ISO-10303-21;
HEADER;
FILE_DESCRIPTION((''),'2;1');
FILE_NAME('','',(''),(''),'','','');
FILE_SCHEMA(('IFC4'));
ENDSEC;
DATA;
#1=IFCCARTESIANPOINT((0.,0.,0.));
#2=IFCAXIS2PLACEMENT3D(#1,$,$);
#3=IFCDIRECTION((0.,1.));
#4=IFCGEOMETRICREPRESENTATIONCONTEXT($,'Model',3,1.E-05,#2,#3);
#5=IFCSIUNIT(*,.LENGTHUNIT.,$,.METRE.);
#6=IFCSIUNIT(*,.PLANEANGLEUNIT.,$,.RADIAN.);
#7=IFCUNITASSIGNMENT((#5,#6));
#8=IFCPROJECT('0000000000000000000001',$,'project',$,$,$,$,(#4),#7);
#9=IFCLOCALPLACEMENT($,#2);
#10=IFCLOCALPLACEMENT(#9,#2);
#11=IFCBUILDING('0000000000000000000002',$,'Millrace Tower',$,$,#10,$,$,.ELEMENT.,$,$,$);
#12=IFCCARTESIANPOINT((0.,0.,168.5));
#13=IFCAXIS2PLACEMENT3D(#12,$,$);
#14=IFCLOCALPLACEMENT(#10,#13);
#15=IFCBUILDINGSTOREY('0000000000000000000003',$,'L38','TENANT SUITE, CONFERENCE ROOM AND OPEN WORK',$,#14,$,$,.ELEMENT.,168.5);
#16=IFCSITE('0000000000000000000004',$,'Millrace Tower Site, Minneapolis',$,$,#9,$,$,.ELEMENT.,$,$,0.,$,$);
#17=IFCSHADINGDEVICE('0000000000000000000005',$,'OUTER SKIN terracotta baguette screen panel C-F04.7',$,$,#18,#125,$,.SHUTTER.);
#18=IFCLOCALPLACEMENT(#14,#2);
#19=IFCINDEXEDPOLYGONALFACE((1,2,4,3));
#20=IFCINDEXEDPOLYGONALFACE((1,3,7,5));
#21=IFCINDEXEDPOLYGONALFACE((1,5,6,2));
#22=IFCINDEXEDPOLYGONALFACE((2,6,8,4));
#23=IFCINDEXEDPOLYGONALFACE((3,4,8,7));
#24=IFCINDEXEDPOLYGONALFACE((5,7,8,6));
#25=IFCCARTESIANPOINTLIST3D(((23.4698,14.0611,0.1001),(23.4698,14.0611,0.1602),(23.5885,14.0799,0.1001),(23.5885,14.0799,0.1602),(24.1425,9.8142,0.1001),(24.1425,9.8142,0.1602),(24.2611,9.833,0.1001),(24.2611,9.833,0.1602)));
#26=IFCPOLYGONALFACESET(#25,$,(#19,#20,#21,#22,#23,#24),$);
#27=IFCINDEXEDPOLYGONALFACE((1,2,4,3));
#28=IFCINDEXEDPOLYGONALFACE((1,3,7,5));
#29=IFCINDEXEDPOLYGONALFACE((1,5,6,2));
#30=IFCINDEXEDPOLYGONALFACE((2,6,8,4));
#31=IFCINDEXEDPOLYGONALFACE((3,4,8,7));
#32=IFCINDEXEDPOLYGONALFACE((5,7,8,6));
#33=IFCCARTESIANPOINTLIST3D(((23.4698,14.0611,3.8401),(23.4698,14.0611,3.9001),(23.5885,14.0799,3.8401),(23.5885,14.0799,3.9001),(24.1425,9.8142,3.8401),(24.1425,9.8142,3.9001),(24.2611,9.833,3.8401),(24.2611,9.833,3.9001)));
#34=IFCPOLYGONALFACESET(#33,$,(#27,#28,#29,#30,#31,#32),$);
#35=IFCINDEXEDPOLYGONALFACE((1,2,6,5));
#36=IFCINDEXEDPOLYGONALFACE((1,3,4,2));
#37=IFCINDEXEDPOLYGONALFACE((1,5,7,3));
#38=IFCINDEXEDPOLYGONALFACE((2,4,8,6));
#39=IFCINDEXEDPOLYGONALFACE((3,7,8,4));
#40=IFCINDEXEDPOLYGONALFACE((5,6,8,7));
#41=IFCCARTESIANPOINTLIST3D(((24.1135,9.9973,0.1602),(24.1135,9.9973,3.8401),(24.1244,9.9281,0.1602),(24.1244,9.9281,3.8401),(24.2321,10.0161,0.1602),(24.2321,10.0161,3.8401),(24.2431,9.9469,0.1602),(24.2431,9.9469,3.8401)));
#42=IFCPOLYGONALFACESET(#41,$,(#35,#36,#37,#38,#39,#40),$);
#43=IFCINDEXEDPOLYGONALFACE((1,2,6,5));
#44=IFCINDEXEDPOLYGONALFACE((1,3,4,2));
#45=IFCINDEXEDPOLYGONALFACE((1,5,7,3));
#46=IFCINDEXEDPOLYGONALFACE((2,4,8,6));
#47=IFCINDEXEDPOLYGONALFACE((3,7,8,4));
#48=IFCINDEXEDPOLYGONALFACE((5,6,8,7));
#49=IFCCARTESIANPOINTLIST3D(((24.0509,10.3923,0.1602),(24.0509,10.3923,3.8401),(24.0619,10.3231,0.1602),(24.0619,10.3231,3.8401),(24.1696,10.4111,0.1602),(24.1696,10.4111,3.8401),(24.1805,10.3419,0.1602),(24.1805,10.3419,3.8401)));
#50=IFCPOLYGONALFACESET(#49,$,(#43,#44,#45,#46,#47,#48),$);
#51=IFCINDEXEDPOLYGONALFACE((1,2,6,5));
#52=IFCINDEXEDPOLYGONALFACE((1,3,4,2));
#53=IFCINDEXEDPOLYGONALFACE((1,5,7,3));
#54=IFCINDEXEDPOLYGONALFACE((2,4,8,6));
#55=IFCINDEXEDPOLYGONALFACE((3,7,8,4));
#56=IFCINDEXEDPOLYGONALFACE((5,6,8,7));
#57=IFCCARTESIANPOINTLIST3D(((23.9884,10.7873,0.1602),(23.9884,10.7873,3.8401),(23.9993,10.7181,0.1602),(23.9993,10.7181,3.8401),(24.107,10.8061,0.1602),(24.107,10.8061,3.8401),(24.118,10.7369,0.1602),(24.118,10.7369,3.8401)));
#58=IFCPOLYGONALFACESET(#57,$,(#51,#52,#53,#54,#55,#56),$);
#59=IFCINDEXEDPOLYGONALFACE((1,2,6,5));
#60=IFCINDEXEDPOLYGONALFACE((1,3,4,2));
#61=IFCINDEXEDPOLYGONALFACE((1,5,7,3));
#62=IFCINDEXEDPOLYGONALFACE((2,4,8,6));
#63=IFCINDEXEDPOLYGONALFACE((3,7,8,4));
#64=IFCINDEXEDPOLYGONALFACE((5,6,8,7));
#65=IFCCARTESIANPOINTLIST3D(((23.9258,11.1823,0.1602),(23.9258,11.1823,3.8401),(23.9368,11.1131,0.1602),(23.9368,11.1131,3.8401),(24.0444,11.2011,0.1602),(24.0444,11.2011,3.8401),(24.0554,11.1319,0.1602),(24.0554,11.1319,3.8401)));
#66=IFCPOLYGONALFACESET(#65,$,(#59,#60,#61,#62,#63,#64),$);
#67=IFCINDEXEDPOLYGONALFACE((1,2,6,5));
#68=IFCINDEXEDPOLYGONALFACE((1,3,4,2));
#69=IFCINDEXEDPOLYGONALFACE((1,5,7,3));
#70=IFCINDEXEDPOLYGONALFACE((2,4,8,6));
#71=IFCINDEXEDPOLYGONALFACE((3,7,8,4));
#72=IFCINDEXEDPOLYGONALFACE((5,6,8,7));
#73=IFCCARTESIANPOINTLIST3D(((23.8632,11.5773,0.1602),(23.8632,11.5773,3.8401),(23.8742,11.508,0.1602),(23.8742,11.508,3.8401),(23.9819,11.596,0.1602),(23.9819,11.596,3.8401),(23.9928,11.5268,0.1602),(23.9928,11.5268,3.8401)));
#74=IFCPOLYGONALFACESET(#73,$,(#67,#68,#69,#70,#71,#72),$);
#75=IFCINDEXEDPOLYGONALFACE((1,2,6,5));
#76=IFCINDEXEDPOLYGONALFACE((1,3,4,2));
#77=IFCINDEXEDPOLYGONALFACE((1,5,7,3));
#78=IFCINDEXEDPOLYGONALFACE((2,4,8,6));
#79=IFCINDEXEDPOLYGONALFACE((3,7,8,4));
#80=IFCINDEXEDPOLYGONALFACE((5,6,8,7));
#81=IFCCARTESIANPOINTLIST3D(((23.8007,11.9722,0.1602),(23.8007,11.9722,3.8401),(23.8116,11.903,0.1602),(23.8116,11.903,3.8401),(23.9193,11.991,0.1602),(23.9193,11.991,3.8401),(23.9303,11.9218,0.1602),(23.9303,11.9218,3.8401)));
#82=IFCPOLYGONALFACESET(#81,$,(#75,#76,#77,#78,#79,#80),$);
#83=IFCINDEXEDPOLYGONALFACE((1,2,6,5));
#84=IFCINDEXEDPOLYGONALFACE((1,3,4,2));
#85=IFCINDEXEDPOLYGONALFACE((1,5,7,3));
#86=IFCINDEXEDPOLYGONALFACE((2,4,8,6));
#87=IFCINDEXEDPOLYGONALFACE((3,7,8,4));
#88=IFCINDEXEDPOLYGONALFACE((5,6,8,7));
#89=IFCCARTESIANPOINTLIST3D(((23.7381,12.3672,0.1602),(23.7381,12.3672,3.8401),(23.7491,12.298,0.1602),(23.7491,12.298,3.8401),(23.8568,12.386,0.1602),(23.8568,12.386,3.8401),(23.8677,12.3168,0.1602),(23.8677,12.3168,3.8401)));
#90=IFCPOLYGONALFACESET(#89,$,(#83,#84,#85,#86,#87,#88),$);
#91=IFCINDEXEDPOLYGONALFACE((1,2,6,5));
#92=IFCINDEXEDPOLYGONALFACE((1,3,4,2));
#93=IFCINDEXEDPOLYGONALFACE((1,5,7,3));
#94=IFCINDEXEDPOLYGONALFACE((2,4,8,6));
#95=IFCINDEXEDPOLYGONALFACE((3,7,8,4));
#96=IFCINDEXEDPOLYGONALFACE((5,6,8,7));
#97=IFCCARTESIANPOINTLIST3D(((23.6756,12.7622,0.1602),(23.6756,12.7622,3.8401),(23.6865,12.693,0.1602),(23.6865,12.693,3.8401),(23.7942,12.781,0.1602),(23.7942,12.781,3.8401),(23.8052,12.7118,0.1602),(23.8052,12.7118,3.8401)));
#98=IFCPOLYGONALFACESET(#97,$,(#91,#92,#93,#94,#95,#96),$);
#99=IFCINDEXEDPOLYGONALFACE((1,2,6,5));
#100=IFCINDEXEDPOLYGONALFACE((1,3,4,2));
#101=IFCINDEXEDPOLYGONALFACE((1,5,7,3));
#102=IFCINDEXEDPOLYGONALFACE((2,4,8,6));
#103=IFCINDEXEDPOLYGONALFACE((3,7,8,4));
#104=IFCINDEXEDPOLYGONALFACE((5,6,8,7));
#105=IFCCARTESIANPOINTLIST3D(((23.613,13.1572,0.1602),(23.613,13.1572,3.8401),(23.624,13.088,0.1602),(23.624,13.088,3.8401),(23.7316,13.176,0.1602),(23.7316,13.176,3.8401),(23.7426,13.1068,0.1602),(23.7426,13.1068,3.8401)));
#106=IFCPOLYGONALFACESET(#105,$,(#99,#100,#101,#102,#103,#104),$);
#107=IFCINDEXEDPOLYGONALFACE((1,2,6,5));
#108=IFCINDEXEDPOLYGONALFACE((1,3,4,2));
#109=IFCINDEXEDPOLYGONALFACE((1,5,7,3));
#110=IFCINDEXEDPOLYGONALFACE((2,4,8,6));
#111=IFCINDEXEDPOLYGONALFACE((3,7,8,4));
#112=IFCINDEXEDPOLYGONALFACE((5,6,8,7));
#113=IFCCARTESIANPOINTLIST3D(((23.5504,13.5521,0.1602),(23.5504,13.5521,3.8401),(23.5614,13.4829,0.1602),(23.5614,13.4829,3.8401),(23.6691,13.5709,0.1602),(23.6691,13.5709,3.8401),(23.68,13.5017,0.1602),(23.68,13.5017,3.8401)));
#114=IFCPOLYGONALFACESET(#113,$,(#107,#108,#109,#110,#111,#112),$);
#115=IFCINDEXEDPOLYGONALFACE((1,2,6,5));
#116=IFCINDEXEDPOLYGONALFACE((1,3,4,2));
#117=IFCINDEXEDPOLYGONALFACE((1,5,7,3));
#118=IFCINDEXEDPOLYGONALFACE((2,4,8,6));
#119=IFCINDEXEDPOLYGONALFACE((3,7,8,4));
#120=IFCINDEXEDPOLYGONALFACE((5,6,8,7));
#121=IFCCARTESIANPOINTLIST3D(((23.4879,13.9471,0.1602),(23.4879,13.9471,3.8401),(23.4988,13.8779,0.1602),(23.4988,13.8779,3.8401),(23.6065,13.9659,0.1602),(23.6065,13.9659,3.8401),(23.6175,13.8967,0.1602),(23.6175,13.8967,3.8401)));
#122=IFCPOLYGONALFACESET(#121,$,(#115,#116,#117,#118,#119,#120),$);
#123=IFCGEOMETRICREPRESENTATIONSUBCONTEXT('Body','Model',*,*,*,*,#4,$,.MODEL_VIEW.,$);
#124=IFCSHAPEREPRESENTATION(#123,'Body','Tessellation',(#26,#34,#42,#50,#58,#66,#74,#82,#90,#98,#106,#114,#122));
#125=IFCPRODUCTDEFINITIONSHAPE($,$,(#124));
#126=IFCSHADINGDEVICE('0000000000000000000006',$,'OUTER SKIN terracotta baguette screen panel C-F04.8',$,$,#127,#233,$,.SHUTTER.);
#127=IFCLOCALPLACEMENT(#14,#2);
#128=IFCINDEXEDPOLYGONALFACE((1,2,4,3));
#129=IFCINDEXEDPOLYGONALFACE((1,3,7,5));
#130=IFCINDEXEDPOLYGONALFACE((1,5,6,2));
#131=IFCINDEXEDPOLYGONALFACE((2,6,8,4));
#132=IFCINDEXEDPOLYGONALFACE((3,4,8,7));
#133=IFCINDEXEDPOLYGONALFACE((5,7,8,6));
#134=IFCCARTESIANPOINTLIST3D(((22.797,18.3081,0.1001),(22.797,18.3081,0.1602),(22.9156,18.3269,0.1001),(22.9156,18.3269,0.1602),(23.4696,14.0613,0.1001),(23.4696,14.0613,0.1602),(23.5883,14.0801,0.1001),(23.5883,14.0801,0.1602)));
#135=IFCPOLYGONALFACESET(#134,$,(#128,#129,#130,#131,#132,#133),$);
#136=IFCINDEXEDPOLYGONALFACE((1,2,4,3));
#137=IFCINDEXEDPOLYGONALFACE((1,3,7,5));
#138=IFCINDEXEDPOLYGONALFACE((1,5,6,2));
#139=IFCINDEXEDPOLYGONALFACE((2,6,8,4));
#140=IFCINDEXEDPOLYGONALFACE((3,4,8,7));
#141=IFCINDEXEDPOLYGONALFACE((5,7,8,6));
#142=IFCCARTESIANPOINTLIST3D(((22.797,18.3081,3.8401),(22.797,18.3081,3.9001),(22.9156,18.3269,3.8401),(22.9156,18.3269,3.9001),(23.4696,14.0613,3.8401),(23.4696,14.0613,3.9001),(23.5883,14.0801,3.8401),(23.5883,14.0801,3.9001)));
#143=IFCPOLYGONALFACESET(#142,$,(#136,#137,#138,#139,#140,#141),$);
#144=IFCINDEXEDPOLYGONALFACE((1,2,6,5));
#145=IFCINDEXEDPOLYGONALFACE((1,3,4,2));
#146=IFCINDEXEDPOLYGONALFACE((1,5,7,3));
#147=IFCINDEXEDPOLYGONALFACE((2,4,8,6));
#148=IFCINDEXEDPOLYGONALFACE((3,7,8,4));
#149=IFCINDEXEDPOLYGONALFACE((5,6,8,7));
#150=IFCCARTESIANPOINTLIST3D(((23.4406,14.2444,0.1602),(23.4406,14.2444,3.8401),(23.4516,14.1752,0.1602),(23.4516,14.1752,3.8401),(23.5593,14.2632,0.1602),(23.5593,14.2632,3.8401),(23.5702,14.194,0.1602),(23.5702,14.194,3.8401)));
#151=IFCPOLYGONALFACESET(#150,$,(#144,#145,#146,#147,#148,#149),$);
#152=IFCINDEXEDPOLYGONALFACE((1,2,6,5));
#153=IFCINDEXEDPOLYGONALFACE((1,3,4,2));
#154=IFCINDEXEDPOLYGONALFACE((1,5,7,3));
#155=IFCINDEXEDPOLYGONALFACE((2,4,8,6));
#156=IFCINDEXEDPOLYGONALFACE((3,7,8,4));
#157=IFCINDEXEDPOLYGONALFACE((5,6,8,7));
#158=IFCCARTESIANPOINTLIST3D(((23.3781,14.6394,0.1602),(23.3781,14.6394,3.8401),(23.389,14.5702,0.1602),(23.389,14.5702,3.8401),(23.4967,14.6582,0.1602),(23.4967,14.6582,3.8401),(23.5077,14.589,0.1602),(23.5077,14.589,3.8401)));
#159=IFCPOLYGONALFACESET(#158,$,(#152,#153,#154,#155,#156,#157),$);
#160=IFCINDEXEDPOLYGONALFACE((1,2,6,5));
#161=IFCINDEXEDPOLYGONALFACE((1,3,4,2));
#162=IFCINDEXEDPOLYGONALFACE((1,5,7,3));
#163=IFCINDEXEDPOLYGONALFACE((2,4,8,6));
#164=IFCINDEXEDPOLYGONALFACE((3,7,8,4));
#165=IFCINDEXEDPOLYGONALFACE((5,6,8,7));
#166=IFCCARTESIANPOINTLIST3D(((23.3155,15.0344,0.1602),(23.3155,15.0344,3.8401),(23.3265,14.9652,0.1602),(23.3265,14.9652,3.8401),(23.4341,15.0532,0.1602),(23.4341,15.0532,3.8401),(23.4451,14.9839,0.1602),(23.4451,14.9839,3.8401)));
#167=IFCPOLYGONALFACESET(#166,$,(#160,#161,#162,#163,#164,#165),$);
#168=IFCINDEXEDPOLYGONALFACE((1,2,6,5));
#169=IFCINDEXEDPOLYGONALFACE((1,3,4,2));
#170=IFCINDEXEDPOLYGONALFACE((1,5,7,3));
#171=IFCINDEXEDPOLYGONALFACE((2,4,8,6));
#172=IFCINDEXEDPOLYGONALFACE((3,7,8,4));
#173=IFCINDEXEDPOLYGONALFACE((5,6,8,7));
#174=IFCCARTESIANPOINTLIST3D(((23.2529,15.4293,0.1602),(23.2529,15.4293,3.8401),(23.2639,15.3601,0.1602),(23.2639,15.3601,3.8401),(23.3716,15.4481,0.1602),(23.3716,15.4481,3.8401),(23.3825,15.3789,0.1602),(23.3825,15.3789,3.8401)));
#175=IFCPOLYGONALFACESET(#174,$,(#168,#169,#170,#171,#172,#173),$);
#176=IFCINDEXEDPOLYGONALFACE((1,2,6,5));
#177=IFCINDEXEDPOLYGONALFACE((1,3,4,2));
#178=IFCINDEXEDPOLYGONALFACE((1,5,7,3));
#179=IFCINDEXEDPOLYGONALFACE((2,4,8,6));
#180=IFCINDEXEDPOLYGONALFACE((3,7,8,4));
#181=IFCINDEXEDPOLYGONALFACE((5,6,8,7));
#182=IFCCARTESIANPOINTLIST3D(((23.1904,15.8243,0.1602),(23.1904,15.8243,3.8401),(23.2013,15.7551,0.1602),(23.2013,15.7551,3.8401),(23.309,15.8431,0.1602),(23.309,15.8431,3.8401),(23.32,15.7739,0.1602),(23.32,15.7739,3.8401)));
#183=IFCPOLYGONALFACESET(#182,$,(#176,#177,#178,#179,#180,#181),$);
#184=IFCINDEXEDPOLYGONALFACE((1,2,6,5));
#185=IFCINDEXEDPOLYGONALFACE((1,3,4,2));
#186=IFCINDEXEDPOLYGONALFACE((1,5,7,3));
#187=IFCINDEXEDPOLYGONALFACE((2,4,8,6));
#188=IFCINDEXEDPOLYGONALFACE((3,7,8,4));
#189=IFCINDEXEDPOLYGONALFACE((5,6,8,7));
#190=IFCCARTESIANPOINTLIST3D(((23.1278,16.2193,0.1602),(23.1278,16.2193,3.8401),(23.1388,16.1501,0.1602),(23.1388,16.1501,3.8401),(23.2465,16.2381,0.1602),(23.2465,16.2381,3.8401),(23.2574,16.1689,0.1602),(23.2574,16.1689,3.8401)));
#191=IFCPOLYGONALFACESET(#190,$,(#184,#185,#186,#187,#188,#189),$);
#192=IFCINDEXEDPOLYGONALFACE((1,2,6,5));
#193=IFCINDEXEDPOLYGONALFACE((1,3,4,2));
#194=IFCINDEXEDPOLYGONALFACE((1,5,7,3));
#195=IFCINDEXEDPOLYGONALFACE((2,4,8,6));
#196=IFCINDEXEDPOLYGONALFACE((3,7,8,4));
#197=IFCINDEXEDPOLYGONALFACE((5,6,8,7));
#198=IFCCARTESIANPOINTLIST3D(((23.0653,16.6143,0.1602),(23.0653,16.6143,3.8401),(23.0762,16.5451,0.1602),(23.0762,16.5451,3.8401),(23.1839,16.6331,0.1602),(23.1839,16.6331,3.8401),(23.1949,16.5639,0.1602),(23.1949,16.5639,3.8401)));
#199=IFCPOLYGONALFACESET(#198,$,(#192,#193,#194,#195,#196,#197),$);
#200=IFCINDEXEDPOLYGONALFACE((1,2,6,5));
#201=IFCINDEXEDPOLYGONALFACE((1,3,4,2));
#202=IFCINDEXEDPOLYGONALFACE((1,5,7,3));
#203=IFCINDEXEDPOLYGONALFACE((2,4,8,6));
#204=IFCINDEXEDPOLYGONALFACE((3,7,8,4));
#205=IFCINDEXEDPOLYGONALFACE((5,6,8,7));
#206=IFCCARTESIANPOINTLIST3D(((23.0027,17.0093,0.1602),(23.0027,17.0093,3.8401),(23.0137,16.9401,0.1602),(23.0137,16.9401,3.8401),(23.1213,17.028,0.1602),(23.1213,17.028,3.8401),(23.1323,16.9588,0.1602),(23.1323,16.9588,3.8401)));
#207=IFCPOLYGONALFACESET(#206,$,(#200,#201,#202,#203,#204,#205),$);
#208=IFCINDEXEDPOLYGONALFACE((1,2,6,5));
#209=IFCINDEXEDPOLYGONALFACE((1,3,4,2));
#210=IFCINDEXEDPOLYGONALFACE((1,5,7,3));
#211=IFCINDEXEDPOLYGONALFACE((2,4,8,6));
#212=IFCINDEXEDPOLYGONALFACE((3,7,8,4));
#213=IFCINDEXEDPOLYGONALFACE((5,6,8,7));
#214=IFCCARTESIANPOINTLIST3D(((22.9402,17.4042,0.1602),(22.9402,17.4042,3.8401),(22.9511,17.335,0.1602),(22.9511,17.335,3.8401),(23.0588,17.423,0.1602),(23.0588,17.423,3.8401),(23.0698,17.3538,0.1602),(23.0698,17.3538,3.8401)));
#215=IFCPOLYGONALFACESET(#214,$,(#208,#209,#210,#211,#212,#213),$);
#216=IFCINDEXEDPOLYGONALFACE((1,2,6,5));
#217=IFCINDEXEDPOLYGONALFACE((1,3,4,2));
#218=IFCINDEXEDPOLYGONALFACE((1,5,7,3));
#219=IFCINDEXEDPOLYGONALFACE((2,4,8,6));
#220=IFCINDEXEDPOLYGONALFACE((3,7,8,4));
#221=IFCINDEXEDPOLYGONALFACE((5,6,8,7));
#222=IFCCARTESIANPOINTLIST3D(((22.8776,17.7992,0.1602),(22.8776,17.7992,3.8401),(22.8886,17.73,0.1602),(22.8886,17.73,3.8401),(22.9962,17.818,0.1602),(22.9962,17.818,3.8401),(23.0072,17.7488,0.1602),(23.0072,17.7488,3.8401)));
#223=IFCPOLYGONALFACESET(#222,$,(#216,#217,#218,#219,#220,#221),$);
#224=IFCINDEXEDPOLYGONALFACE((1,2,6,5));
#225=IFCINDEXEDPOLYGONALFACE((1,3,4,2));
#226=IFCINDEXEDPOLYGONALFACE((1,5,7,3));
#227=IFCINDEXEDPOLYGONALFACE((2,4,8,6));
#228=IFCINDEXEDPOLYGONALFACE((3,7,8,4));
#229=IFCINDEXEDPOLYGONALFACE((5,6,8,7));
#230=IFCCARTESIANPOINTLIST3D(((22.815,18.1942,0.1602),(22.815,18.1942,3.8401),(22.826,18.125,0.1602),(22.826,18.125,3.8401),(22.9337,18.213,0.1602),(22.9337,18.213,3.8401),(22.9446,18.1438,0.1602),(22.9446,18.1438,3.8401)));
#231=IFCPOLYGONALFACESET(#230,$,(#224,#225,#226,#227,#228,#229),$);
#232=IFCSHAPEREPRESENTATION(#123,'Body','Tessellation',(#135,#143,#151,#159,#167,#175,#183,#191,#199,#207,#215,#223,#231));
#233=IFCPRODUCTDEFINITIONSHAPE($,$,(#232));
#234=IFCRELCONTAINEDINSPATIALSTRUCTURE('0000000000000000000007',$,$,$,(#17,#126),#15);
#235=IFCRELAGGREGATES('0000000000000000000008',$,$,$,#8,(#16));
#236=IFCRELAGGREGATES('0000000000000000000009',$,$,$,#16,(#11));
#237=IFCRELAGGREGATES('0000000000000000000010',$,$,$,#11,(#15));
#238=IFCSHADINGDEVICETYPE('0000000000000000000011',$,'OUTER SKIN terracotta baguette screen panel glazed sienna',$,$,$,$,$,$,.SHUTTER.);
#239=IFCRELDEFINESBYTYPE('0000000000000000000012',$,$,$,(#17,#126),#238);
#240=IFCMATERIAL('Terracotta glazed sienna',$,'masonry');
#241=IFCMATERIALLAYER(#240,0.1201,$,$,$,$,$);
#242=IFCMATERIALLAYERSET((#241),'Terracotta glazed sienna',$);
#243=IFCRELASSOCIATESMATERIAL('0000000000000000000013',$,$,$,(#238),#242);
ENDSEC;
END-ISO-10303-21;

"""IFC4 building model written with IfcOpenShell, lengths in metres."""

from ifc_helpers import new_model, entity, si_unit, direction, frame, frame_2d, origin, origin_2d, place, context, subcontext, project, spatial, rectangle, extrude, source, transform, mapped, material, layer, layer_set, type_object, element, save


model = new_model("IFC4")

# Units and contexts
model_context = context("Model", 3, precision=1e-05, world=origin(), true_north=direction((0.0, 1.0)))
body_context = subcontext(model_context, "Body", "Model", "MODEL_VIEW")
ifc_project = project(units=[si_unit("LENGTHUNIT", "METRE"), si_unit("PLANEANGLEUNIT", "RADIAN")], contexts=[model_context])

# Site, building, storey
site_placement = place(None, origin())
site = spatial("IfcSite", under=ifc_project, at=site_placement, Name="Millrace Tower Site, Minneapolis", CompositionType="ELEMENT", RefElevation=0.0)
building_placement = place(site_placement, origin())
building = spatial("IfcBuilding", under=site, at=building_placement, Name="Millrace Tower", CompositionType="ELEMENT")
storey_placement = place(building_placement, frame((0.0, 0.0, 168.5)))
storey = spatial("IfcBuildingStorey", under=building, at=storey_placement, Name="L38", Description="TENANT SUITE, CONFERENCE ROOM AND OPEN WORK", CompositionType="ELEMENT", Elevation=168.5)

# Shading devices
ifc_material_1 = material(Name="Terracotta glazed sienna", Category="masonry")
ifc_layer_1 = layer(ifc_material_1, 0.1201)
ifc_layer_set_1 = layer_set([ifc_layer_1], Name="Terracotta glazed sienna")
shading_device_type = type_object("IfcShadingDeviceType", Name="OUTER SKIN terracotta baguette screen panel glazed sienna", PredefinedType="SHUTTER", material=ifc_layer_set_1)
cartesian_point_1 = entity("IfcCartesianPoint", [-2.1499, 0.0601])
shared_polyline_1 = entity("IfcPolyline", [cartesian_point_1, entity("IfcCartesianPoint", [2.1499, 0.0601]), entity("IfcCartesianPoint", [2.1499, -0.0601]), entity("IfcCartesianPoint", [-2.1499, -0.0601]), cartesian_point_1])
shared_shape_1 = source(origin(), body_context, "Body", "SweptSolid", [
    entity("IfcExtrudedAreaSolid", entity("IfcArbitraryClosedProfileDef", "AREA", None, shared_polyline_1), entity("IfcAxis2Placement3D", entity("IfcCartesianPoint", [0.0, 0.0, 0.0])), entity("IfcDirection", [0.0, 0.0, 1.0]), 0.0601),
    entity("IfcExtrudedAreaSolid", entity("IfcArbitraryClosedProfileDef", "AREA", None, shared_polyline_1), entity("IfcAxis2Placement3D", entity("IfcCartesianPoint", [0.0, 0.0, 3.74])), entity("IfcDirection", [0.0, 0.0, 1.0]), 0.0601),
    extrude(rectangle(XDim=0.0701, YDim=0.1201, at=frame_2d((-1.9995, 0.0))), frame((0.0, 0.0, 0.0601)), (0.0, 0.0, 1.0), 3.6799),
    extrude(rectangle(XDim=0.0701, YDim=0.1201, at=frame_2d((-1.5996, 0.0))), frame((0.0, 0.0, 0.0601)), (0.0, 0.0, 1.0), 3.6799),
    extrude(rectangle(XDim=0.0701, YDim=0.1201, at=frame_2d((-1.1997, 0.0))), frame((0.0, 0.0, 0.0601)), (0.0, 0.0, 1.0), 3.6799),
    extrude(rectangle(XDim=0.0701, YDim=0.1201, at=frame_2d((-0.7998, 0.0))), frame((0.0, 0.0, 0.0601)), (0.0, 0.0, 1.0), 3.6799),
    extrude(rectangle(XDim=0.0701, YDim=0.1201, at=frame_2d((-0.3999, 0.0))), frame((0.0, 0.0, 0.0601)), (0.0, 0.0, 1.0), 3.6799),
    extrude(rectangle(XDim=0.0701, YDim=0.1201, at=origin_2d()), frame((0.0, 0.0, 0.0601)), (0.0, 0.0, 1.0), 3.6799),
    extrude(rectangle(XDim=0.0701, YDim=0.1201, at=frame_2d((0.3999, 0.0))), frame((0.0, 0.0, 0.0601)), (0.0, 0.0, 1.0), 3.6799),
    extrude(rectangle(XDim=0.0701, YDim=0.1201, at=frame_2d((0.7998, 0.0))), frame((0.0, 0.0, 0.0601)), (0.0, 0.0, 1.0), 3.6799),
    extrude(rectangle(XDim=0.0701, YDim=0.1201, at=frame_2d((1.1997, 0.0))), frame((0.0, 0.0, 0.0601)), (0.0, 0.0, 1.0), 3.6799),
    extrude(rectangle(XDim=0.0701, YDim=0.1201, at=frame_2d((1.5996, 0.0))), frame((0.0, 0.0, 0.0601)), (0.0, 0.0, 1.0), 3.6799),
    extrude(rectangle(XDim=0.0701, YDim=0.1201, at=frame_2d((1.9995, 0.0))), frame((0.0, 0.0, 0.0601)), (0.0, 0.0, 1.0), 3.6799),
])
for number, where, z_axis, x_axis, name in (
    (1, (23.8655, 11.947, 0.1001), (0.0, 0.0, 1.0), (-0.156434, 0.987688, 0.0), "OUTER SKIN terracotta baguette screen panel C-F04.7"),
    (2, (23.1926, 16.1941, 0.1001), (0.0, 0.0, 1.0), (-0.156434, 0.987688, 0.0), "OUTER SKIN terracotta baguette screen panel C-F04.8"),
):
    element("IfcShadingDevice", number, at=place(storey_placement, frame(where, z_axis=z_axis, x_axis=x_axis)), inside=storey, type_object=shading_device_type, Name=name, PredefinedType="SHUTTER", context=body_context, shape_type="MappedRepresentation", body=[
        mapped(shared_shape_1, transform((0.0, 0.0, 0.0), scale=1.0)),
    ])

save(model, "model.ifc")
